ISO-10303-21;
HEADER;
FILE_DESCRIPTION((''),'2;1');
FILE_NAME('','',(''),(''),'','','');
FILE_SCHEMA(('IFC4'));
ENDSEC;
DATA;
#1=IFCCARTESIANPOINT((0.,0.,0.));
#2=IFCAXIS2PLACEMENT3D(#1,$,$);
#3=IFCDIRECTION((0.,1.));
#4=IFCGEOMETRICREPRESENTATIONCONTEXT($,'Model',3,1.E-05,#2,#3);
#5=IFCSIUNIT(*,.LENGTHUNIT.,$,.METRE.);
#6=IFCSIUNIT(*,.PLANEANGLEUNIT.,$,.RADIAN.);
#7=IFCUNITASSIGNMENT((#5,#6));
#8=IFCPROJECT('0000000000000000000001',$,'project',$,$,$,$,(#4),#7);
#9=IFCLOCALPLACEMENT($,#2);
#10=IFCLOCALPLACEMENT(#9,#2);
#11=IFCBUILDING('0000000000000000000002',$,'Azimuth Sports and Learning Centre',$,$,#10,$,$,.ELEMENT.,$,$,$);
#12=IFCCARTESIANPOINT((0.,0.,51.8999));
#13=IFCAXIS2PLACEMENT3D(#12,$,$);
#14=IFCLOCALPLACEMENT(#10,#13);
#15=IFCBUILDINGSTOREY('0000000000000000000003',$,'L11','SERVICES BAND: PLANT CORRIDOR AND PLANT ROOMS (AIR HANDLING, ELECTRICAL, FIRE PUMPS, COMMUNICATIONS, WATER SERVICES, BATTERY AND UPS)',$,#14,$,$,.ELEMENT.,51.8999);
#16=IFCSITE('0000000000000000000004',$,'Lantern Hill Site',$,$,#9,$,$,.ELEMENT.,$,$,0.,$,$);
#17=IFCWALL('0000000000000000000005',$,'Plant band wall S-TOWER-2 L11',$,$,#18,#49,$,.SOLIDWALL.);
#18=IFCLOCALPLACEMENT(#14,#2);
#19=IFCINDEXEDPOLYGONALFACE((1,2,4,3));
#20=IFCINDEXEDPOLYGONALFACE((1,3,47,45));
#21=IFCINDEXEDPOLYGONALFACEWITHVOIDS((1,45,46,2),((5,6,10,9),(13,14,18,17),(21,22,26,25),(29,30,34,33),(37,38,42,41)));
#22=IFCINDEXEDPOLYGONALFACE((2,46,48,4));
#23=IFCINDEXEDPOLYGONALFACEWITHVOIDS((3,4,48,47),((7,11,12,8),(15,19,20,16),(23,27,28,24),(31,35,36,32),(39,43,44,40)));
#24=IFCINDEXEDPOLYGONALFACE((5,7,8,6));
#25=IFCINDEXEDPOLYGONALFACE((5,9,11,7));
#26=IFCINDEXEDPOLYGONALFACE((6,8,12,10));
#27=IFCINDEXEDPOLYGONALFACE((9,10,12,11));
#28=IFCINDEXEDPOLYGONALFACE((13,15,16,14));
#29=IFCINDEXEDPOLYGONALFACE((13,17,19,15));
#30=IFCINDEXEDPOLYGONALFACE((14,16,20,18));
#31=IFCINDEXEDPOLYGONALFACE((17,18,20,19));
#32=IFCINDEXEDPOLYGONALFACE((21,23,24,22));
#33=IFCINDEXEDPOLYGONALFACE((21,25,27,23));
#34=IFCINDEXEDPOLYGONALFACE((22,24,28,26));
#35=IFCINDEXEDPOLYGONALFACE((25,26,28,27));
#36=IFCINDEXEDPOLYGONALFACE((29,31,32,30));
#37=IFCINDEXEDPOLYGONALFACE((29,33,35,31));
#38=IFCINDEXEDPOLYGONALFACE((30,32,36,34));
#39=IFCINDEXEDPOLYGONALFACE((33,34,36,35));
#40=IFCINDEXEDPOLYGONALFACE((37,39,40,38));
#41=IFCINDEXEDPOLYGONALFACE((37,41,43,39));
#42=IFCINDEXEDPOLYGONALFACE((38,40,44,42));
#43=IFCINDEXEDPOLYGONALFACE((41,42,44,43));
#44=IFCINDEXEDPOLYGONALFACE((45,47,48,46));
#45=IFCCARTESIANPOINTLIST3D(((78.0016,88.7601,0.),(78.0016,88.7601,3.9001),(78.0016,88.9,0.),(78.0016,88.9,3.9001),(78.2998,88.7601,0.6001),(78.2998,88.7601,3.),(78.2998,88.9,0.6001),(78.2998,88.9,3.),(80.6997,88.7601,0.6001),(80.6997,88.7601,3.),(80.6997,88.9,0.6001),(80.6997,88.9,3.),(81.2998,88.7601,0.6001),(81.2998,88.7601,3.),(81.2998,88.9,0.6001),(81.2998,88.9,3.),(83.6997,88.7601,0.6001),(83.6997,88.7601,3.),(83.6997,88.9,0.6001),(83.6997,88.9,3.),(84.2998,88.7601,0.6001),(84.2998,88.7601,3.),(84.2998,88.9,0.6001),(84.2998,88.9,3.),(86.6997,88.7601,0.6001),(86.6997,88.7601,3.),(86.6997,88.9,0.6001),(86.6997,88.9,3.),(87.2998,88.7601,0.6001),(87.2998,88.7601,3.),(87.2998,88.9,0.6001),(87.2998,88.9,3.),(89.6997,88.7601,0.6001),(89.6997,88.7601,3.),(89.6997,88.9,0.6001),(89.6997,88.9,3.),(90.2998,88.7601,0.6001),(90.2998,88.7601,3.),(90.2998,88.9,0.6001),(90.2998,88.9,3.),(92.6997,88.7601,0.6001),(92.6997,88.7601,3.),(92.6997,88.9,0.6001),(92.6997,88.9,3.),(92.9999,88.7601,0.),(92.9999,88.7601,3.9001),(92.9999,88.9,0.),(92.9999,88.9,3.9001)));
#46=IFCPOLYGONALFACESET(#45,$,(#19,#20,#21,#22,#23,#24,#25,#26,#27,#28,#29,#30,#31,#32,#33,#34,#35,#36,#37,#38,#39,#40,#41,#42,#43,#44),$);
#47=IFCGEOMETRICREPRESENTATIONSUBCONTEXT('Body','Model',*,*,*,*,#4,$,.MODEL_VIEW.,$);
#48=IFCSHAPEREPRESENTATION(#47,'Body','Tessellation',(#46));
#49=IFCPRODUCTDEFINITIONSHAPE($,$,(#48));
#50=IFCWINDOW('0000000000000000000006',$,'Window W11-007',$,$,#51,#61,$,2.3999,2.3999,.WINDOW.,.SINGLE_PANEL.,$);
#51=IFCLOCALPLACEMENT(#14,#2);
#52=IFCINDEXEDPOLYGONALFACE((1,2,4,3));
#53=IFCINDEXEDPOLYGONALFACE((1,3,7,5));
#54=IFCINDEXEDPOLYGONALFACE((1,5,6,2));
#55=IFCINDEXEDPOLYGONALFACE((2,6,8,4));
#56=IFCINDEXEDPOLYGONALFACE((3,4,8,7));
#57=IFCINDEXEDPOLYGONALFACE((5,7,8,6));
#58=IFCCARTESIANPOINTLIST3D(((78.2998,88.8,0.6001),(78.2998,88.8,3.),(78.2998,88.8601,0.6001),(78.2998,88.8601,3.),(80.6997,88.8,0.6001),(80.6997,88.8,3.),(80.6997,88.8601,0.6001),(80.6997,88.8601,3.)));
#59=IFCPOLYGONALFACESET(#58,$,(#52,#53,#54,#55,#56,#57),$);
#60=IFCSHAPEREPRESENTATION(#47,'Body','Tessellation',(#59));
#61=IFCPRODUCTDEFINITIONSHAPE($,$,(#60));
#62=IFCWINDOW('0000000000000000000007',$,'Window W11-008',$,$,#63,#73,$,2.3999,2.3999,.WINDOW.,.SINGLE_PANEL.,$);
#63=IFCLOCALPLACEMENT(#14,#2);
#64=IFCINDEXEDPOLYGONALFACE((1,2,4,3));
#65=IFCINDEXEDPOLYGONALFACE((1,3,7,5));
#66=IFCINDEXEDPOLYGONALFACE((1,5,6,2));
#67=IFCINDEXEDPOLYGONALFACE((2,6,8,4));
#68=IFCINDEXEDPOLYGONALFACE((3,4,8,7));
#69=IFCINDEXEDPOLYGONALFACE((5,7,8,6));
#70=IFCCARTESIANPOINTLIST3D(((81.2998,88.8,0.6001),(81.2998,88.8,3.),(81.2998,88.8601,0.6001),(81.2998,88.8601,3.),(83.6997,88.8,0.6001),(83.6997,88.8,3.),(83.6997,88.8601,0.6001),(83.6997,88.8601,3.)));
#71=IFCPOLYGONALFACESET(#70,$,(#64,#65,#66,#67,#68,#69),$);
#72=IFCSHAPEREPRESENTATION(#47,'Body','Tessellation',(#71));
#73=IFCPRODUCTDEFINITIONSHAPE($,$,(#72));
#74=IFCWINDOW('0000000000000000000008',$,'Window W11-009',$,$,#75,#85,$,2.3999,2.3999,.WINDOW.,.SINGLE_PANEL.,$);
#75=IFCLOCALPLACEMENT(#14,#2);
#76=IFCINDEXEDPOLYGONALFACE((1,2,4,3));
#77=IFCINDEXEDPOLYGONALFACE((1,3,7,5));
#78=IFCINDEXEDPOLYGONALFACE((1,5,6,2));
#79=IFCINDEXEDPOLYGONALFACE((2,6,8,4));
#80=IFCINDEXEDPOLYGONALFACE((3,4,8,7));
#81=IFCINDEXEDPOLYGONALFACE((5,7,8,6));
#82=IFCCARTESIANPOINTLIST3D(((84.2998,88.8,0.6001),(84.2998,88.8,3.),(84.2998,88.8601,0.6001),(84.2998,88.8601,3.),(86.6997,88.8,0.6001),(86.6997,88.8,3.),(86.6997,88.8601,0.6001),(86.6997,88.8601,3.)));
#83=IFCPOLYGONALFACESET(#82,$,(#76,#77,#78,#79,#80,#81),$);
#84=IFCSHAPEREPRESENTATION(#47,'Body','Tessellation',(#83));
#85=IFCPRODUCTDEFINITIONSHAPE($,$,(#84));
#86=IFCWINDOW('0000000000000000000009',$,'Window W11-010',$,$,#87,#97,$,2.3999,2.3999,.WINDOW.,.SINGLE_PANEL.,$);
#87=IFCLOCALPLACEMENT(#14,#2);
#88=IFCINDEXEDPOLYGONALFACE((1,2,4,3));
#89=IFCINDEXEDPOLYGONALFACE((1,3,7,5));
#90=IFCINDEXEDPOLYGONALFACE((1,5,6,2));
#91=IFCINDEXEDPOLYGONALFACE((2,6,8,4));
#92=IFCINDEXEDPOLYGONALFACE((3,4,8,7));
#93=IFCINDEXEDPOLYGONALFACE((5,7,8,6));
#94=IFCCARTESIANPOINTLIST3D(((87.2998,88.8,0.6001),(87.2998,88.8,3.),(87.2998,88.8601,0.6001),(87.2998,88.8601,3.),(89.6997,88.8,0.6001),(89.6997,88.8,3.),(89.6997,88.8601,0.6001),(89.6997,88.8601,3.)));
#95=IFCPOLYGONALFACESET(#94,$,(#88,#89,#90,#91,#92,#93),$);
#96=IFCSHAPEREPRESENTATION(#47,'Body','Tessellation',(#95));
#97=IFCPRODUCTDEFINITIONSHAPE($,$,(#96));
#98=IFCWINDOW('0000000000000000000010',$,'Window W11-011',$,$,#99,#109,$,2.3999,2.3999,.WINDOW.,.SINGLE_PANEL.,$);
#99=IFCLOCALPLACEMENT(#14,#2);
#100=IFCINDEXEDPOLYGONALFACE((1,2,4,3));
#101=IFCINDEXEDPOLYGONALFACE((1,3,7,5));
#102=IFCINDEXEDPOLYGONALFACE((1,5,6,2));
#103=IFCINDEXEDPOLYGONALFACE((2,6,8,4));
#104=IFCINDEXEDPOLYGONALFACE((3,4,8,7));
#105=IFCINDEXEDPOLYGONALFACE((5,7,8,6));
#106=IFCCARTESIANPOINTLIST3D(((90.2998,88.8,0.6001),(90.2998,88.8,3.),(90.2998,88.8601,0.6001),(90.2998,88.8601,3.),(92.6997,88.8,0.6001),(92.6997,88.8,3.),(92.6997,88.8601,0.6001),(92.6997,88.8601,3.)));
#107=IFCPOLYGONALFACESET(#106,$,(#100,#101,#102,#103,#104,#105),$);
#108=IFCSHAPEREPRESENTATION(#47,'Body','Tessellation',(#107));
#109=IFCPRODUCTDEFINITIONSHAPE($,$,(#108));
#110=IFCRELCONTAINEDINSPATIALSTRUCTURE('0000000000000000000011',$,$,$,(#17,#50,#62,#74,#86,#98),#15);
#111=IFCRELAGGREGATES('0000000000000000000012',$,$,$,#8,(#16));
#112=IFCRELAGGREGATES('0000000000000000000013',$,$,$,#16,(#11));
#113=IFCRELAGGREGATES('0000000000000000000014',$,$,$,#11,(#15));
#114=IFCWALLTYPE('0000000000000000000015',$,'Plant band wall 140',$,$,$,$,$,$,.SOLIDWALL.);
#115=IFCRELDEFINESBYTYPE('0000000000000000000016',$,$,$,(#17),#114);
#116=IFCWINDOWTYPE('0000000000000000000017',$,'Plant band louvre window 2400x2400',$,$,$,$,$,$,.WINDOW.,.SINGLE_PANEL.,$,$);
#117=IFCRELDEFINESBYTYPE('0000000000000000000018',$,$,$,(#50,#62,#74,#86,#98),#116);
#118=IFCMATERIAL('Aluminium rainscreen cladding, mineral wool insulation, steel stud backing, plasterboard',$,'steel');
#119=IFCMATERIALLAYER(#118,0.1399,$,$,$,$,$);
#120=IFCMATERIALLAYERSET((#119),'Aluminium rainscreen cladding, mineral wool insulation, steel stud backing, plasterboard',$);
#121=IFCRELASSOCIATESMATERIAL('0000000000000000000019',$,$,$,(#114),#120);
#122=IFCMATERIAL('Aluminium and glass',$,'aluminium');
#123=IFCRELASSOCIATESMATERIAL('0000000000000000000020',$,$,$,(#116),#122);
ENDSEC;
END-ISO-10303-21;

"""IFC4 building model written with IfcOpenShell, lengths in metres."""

from ifc_helpers import new_model, si_unit, direction, frame, frame_2d, origin, place, context, subcontext, project, spatial, rectangle, extrude, material, layer, layer_set, type_object, element, fill, save


model = new_model("IFC4")

# Units and contexts
model_context = context("Model", 3, precision=1e-05, world=origin(), true_north=direction((0.0, 1.0)))
body_context = subcontext(model_context, "Body", "Model", "MODEL_VIEW")
ifc_project = project(units=[si_unit("LENGTHUNIT", "METRE"), si_unit("PLANEANGLEUNIT", "RADIAN")], contexts=[model_context])

# Site, building, storey
site_placement = place(None, origin())
site = spatial("IfcSite", under=ifc_project, at=site_placement, Name="Lantern Hill Site", CompositionType="ELEMENT", RefElevation=0.0)
building_placement = place(site_placement, origin())
building = spatial("IfcBuilding", under=site, at=building_placement, Name="Azimuth Sports and Learning Centre", CompositionType="ELEMENT")
storey_placement = place(building_placement, frame((0.0, 0.0, 51.8999)))
storey = spatial("IfcBuildingStorey", under=building, at=storey_placement, Name="L11", Description="SERVICES BAND: PLANT CORRIDOR AND PLANT ROOMS (AIR HANDLING, ELECTRICAL, FIRE PUMPS, COMMUNICATIONS, WATER SERVICES, BATTERY AND UPS)", CompositionType="ELEMENT", Elevation=51.8999)

# Wall, openings, windows
ifc_material_1 = material(Name="Aluminium rainscreen cladding, mineral wool insulation, steel stud backing, plasterboard", Category="steel")
ifc_layer_1 = layer(ifc_material_1, 0.1399)
ifc_layer_set_1 = layer_set([ifc_layer_1], Name="Aluminium rainscreen cladding, mineral wool insulation, steel stud backing, plasterboard")
wall_type_1 = type_object("IfcWallType", Name="Plant band wall 140", PredefinedType="SOLIDWALL", material=ifc_layer_set_1)
ifc_material_2 = material(Name="Aluminium and glass", Category="aluminium")
window_type = type_object("IfcWindowType", Name="Plant band louvre window 2400x2400", PartitioningType="SINGLE_PANEL", PredefinedType="WINDOW", material=ifc_material_2)
wall_1_placement = place(storey_placement, frame((78.0017, 88.8301, 0.0), z_axis=(0.0, 0.0, 1.0), x_axis=(1.0, 0.0, 0.0)))
wall_1 = element("IfcWall", 1, at=wall_1_placement, inside=storey, type_object=wall_type_1, Name="Plant band wall S-TOWER-2 L11", PredefinedType="SOLIDWALL", context=body_context, shape_type="SweptSolid", body=[
    extrude(rectangle(XDim=14.9983, YDim=0.1399, at=frame_2d((7.499, 0.0))), origin(), (0.0, 0.0, 1.0), 3.9001),
])
opening_1_placement = place(wall_1_placement, frame((0.2981, 0.0, 0.6001)))
opening_1 = element("IfcOpeningElement", 2, at=opening_1_placement, cuts=wall_1, PredefinedType="OPENING", context=body_context, shape_type="SweptSolid", body=[
    extrude(rectangle(XDim=2.3999, YDim=2.3999, at=frame_2d((1.2, 1.2))), frame((0.0, 0.0811, 0.0), z_axis=(0.0, -1.0, 0.0), x_axis=(1.0, 0.0, 0.0)), (0.0, 0.0, 1.0), 0.1619),
])
opening_2_placement = place(wall_1_placement, frame((3.2981, 0.0, 0.6001)))
opening_2 = element("IfcOpeningElement", 3, at=opening_2_placement, cuts=wall_1, PredefinedType="OPENING", context=body_context, shape_type="SweptSolid", body=[
    extrude(rectangle(XDim=2.3999, YDim=2.3999, at=frame_2d((1.2, 1.2))), frame((0.0, 0.0811, 0.0), z_axis=(0.0, -1.0, 0.0), x_axis=(1.0, 0.0, 0.0)), (0.0, 0.0, 1.0), 0.1619),
])
opening_3_placement = place(wall_1_placement, frame((6.2981, 0.0, 0.6001)))
opening_3 = element("IfcOpeningElement", 4, at=opening_3_placement, cuts=wall_1, PredefinedType="OPENING", context=body_context, shape_type="SweptSolid", body=[
    extrude(rectangle(XDim=2.3999, YDim=2.3999, at=frame_2d((1.2, 1.2))), frame((0.0, 0.0811, 0.0), z_axis=(0.0, -1.0, 0.0), x_axis=(1.0, 0.0, 0.0)), (0.0, 0.0, 1.0), 0.1619),
])
opening_4_placement = place(wall_1_placement, frame((9.2981, 0.0, 0.6001)))
opening_4 = element("IfcOpeningElement", 5, at=opening_4_placement, cuts=wall_1, PredefinedType="OPENING", context=body_context, shape_type="SweptSolid", body=[
    extrude(rectangle(XDim=2.3999, YDim=2.3999, at=frame_2d((1.2, 1.2))), frame((0.0, 0.0811, 0.0), z_axis=(0.0, -1.0, 0.0), x_axis=(1.0, 0.0, 0.0)), (0.0, 0.0, 1.0), 0.1619),
])
opening_5_placement = place(wall_1_placement, frame((12.2981, 0.0, 0.6001)))
opening_5 = element("IfcOpeningElement", 6, at=opening_5_placement, cuts=wall_1, PredefinedType="OPENING", context=body_context, shape_type="SweptSolid", body=[
    extrude(rectangle(XDim=2.3999, YDim=2.3999, at=frame_2d((1.2, 1.2))), frame((0.0, 0.0811, 0.0), z_axis=(0.0, -1.0, 0.0), x_axis=(1.0, 0.0, 0.0)), (0.0, 0.0, 1.0), 0.1619),
])
window_1_placement = place(opening_1_placement, origin())
window_1 = element("IfcWindow", 7, at=window_1_placement, inside=storey, type_object=window_type, Name="Window W11-007", OverallHeight=2.3999, OverallWidth=2.3999, PartitioningType="SINGLE_PANEL", PredefinedType="WINDOW", context=body_context, shape_type="SweptSolid", body=[
    extrude(rectangle(XDim=2.3999, YDim=2.3999, at=frame_2d((1.2, 1.2))), frame((0.0, 0.03, 0.0), z_axis=(0.0, -1.0, 0.0), x_axis=(1.0, 0.0, 0.0)), (0.0, 0.0, 1.0), 0.0601),
])
fill(opening_1, window_1)
window_2_placement = place(opening_2_placement, origin())
window_2 = element("IfcWindow", 8, at=window_2_placement, inside=storey, type_object=window_type, Name="Window W11-008", OverallHeight=2.3999, OverallWidth=2.3999, PartitioningType="SINGLE_PANEL", PredefinedType="WINDOW", context=body_context, shape_type="SweptSolid", body=[
    extrude(rectangle(XDim=2.3999, YDim=2.3999, at=frame_2d((1.2, 1.2))), frame((0.0, 0.03, 0.0), z_axis=(0.0, -1.0, 0.0), x_axis=(1.0, 0.0, 0.0)), (0.0, 0.0, 1.0), 0.0601),
])
fill(opening_2, window_2)
window_3_placement = place(opening_3_placement, origin())
window_3 = element("IfcWindow", 9, at=window_3_placement, inside=storey, type_object=window_type, Name="Window W11-009", OverallHeight=2.3999, OverallWidth=2.3999, PartitioningType="SINGLE_PANEL", PredefinedType="WINDOW", context=body_context, shape_type="SweptSolid", body=[
    extrude(rectangle(XDim=2.3999, YDim=2.3999, at=frame_2d((1.2, 1.2))), frame((0.0, 0.03, 0.0), z_axis=(0.0, -1.0, 0.0), x_axis=(1.0, 0.0, 0.0)), (0.0, 0.0, 1.0), 0.0601),
])
fill(opening_3, window_3)
window_4_placement = place(opening_4_placement, origin())
window_4 = element("IfcWindow", 10, at=window_4_placement, inside=storey, type_object=window_type, Name="Window W11-010", OverallHeight=2.3999, OverallWidth=2.3999, PartitioningType="SINGLE_PANEL", PredefinedType="WINDOW", context=body_context, shape_type="SweptSolid", body=[
    extrude(rectangle(XDim=2.3999, YDim=2.3999, at=frame_2d((1.2, 1.2))), frame((0.0, 0.03, 0.0), z_axis=(0.0, -1.0, 0.0), x_axis=(1.0, 0.0, 0.0)), (0.0, 0.0, 1.0), 0.0601),
])
fill(opening_4, window_4)
window_5_placement = place(opening_5_placement, origin())
window_5 = element("IfcWindow", 11, at=window_5_placement, inside=storey, type_object=window_type, Name="Window W11-011", OverallHeight=2.3999, OverallWidth=2.3999, PartitioningType="SINGLE_PANEL", PredefinedType="WINDOW", context=body_context, shape_type="SweptSolid", body=[
    extrude(rectangle(XDim=2.3999, YDim=2.3999, at=frame_2d((1.2, 1.2))), frame((0.0, 0.03, 0.0), z_axis=(0.0, -1.0, 0.0), x_axis=(1.0, 0.0, 0.0)), (0.0, 0.0, 1.0), 0.0601),
])
fill(opening_5, window_5)

save(model, "model.ifc")
